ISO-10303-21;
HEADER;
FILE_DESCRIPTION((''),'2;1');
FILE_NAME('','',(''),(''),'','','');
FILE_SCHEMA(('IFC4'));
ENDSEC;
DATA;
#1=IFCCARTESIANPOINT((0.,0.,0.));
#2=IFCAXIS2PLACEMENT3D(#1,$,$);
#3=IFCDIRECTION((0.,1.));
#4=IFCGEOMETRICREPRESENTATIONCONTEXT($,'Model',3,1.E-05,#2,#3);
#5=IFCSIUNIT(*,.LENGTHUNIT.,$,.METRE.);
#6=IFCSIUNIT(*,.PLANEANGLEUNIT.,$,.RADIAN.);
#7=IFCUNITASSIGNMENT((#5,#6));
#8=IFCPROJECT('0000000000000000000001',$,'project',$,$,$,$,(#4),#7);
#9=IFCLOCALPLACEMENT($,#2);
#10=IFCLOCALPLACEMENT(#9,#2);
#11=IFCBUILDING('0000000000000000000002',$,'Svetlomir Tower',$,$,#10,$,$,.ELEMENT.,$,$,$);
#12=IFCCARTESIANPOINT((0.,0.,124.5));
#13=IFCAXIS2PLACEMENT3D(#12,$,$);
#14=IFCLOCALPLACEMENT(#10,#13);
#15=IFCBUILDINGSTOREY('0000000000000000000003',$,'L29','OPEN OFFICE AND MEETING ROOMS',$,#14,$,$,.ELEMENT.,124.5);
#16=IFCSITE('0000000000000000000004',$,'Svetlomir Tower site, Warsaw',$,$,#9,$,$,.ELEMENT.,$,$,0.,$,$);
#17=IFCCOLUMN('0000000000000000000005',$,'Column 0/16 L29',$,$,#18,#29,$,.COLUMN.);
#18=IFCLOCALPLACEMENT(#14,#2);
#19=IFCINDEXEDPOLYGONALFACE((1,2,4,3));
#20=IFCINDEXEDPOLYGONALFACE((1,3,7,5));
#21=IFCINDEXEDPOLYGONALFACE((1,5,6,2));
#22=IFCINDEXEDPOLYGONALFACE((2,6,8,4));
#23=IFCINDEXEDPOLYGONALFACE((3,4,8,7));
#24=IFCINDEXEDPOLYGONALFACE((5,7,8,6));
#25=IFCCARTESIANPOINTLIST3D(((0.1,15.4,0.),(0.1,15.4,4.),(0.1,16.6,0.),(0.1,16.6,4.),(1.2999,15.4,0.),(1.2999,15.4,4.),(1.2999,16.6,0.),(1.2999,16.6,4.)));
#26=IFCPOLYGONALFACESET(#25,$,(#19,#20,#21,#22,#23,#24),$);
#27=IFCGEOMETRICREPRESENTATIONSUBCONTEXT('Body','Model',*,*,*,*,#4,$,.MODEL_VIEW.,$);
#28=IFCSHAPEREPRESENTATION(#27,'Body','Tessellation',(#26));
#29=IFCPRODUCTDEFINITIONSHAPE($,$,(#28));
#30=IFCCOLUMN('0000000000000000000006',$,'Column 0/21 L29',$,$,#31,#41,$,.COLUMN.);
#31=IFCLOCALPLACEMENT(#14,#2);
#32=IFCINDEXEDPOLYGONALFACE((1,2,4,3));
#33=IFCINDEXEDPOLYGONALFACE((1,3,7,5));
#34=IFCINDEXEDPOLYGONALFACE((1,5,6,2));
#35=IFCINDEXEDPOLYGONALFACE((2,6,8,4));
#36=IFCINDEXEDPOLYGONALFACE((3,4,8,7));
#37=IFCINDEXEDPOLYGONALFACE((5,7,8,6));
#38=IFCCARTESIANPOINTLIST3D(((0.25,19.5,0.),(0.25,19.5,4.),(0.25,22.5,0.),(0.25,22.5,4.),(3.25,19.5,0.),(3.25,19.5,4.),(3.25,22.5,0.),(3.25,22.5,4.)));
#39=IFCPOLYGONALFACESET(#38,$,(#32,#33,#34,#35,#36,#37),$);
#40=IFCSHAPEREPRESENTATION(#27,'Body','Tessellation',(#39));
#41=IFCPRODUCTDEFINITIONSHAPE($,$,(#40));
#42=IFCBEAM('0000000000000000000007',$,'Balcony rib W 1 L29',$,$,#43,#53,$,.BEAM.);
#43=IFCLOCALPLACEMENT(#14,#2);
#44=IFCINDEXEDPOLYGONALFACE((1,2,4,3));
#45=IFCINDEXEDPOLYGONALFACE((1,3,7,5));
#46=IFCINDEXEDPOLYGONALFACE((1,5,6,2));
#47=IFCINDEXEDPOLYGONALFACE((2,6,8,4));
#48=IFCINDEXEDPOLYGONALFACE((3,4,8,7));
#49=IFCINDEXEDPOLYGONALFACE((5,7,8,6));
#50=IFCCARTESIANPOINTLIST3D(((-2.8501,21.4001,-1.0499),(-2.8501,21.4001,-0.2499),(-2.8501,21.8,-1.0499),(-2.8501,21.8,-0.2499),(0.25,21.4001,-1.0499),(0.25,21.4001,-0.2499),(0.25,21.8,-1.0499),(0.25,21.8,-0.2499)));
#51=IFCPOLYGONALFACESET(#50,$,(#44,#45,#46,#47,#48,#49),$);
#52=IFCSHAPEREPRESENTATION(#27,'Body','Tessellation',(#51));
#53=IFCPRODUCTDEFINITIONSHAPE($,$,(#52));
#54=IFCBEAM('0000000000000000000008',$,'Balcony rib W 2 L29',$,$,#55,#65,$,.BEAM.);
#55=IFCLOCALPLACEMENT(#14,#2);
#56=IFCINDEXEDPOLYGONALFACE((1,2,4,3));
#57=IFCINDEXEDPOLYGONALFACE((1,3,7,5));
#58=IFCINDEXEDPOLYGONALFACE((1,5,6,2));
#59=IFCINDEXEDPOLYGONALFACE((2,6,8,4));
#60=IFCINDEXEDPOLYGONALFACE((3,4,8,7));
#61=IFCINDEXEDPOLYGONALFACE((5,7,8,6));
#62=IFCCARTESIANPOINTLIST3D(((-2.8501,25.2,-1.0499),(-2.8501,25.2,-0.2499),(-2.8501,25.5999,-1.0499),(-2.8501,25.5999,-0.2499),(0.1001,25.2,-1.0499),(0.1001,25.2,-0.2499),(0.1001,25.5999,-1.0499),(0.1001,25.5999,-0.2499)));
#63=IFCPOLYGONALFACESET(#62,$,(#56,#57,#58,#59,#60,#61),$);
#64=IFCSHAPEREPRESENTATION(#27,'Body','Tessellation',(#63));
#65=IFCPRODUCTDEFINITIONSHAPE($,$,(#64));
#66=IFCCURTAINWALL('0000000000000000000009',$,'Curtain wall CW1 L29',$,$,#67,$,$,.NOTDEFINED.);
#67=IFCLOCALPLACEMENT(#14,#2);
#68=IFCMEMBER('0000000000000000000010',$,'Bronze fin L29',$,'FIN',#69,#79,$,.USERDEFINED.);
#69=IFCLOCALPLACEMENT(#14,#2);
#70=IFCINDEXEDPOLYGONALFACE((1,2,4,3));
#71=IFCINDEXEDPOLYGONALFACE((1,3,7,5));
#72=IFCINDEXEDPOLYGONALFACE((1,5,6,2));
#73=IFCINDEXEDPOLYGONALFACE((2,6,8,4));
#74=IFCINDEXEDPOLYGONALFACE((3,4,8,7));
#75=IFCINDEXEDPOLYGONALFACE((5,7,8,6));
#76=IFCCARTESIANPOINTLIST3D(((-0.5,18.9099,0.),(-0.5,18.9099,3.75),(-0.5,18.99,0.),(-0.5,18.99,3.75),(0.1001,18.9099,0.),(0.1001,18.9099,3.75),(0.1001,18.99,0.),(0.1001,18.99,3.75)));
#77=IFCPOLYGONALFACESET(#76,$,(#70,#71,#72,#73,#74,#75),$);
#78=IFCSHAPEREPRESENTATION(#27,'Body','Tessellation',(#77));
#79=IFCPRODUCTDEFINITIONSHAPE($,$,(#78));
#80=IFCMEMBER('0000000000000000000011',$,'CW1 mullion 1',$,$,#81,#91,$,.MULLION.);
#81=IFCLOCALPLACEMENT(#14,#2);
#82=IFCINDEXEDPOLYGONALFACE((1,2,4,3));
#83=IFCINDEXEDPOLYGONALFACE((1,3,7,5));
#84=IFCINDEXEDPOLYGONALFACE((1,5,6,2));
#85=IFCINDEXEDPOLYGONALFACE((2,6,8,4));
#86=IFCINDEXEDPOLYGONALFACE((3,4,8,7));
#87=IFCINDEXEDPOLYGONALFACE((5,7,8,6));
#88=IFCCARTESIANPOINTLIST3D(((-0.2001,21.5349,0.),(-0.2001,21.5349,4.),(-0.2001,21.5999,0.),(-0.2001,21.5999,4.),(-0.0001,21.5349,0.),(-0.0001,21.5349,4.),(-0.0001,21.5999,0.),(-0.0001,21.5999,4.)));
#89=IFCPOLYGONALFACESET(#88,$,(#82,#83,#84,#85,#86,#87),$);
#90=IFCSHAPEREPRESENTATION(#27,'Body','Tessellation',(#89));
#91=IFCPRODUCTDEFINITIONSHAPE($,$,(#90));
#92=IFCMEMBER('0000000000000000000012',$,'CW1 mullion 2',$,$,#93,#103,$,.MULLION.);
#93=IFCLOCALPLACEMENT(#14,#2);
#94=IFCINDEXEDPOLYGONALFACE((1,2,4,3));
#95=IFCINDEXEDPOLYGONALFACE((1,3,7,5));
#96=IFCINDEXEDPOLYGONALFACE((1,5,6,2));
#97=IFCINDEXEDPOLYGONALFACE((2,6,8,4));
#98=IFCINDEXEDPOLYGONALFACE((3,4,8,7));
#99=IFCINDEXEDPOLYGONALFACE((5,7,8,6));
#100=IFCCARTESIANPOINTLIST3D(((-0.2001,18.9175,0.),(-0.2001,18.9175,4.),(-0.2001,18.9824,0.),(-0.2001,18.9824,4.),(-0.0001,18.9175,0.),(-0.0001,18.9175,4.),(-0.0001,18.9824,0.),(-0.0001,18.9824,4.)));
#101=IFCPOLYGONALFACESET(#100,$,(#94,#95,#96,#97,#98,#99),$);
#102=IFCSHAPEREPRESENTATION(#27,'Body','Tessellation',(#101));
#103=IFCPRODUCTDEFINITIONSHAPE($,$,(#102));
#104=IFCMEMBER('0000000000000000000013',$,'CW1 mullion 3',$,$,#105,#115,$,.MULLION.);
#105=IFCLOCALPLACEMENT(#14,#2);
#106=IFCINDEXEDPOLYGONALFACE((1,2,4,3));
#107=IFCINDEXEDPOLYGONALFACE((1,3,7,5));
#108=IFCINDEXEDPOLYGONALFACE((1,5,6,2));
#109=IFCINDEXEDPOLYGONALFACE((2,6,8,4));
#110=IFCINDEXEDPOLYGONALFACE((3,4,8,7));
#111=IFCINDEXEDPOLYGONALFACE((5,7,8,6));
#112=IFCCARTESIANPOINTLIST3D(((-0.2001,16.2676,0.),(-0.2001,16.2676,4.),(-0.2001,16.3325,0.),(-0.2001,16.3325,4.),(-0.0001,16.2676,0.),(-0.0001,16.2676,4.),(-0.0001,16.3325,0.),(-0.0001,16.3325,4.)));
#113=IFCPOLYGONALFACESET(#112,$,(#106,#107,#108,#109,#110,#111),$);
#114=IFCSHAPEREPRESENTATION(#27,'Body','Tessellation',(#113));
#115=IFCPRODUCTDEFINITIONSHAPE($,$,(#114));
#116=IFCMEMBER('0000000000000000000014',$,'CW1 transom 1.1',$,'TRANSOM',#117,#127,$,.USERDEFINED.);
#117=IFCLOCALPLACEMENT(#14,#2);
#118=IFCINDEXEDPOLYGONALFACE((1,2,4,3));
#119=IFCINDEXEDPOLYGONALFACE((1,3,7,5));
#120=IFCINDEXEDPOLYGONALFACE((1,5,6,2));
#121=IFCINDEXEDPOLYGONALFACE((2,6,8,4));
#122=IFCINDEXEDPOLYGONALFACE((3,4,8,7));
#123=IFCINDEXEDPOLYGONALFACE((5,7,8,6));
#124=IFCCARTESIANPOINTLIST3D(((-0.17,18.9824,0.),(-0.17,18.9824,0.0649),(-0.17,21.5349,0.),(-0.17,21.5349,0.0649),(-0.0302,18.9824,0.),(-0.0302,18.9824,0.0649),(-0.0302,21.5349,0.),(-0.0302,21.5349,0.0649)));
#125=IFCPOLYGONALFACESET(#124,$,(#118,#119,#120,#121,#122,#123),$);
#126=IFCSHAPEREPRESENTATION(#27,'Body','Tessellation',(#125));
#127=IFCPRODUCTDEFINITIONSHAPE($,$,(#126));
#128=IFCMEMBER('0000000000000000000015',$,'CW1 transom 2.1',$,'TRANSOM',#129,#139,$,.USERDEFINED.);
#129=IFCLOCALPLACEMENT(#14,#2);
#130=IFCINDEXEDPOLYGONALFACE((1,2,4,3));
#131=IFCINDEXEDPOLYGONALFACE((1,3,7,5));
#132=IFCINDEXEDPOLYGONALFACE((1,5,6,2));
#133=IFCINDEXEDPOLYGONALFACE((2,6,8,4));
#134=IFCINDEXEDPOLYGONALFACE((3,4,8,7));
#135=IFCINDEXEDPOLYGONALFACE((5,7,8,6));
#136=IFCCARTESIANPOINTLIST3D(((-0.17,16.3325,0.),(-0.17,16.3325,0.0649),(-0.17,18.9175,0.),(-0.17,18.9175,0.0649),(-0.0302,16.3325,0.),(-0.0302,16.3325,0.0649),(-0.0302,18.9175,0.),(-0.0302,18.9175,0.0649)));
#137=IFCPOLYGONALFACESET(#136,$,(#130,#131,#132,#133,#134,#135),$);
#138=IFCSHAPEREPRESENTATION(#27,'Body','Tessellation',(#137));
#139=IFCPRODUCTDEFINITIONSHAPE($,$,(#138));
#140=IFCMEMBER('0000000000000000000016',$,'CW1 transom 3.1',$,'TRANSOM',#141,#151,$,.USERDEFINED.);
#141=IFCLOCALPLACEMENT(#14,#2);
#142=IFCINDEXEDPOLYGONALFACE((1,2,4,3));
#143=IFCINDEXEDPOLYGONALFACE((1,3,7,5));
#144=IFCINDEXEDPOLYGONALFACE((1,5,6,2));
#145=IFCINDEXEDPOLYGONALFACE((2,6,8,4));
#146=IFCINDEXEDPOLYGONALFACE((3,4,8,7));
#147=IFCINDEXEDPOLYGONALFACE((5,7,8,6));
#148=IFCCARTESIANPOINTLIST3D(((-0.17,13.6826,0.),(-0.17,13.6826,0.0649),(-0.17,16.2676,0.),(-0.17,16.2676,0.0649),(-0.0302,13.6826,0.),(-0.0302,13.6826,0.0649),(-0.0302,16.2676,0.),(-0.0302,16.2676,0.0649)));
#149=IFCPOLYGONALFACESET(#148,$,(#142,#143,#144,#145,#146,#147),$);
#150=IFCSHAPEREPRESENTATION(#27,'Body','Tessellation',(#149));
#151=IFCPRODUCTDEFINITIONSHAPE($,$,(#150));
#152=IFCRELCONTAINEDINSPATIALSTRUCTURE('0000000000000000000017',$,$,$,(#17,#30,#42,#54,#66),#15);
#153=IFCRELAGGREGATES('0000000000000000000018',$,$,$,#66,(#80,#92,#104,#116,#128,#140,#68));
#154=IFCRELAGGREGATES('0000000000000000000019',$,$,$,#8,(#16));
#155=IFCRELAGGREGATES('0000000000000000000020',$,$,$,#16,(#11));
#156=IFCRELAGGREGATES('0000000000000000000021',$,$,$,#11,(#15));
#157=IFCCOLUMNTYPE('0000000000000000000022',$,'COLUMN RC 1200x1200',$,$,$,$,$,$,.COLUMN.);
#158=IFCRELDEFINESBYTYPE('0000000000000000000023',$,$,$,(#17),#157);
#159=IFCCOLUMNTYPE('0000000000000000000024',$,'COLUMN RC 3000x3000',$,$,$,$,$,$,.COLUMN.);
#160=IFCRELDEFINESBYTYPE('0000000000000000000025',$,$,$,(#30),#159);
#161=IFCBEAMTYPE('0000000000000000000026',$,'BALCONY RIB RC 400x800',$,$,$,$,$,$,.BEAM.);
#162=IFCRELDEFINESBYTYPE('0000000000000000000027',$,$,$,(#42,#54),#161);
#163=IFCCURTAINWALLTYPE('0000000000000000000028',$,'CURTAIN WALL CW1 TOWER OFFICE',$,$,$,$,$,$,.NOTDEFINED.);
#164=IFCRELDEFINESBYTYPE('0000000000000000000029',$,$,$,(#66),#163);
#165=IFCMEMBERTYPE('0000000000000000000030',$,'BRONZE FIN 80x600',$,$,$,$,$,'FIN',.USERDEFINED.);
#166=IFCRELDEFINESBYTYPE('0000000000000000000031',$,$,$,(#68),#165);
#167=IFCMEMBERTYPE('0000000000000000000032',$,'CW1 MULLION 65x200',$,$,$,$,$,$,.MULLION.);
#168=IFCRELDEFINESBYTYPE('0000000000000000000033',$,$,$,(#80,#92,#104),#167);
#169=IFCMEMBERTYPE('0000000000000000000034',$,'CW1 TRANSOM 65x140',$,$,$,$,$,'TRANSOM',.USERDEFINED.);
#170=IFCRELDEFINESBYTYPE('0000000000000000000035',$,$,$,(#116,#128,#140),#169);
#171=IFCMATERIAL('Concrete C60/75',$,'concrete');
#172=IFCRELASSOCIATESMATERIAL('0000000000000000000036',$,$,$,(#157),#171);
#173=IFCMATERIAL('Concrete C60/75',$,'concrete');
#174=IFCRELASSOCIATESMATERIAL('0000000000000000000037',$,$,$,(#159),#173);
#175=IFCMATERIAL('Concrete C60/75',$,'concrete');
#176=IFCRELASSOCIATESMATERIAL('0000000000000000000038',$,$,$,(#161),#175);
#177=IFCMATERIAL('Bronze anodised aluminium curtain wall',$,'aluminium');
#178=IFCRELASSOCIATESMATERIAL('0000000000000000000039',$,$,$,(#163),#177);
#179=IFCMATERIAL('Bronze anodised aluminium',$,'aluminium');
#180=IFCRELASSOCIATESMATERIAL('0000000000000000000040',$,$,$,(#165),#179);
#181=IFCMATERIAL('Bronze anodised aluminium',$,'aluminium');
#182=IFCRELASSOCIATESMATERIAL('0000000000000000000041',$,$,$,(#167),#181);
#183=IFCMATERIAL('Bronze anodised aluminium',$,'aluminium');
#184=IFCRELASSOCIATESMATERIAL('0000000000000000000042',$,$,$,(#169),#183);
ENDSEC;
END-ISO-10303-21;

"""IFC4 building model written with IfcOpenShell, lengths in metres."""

from ifc_helpers import new_model, si_unit, direction, frame, origin, origin_2d, place, context, subcontext, project, spatial, rectangle, extrude, material, material_profile, profile_set, type_object, element, aggregate, save


model = new_model("IFC4")

# Units and contexts
model_context = context("Model", 3, precision=1e-05, world=origin(), true_north=direction((0.0, 1.0)))
body_context = subcontext(model_context, "Body", "Model", "MODEL_VIEW")
ifc_project = project(units=[si_unit("LENGTHUNIT", "METRE"), si_unit("PLANEANGLEUNIT", "RADIAN")], contexts=[model_context])

# Site, building, storey
site_placement = place(None, origin())
site = spatial("IfcSite", under=ifc_project, at=site_placement, Name="Svetlomir Tower site, Warsaw", CompositionType="ELEMENT", RefElevation=0.0)
building_placement = place(site_placement, origin())
building = spatial("IfcBuilding", under=site, at=building_placement, Name="Svetlomir Tower", CompositionType="ELEMENT")
storey_placement = place(building_placement, frame((0.0, 0.0, 124.5)))
storey = spatial("IfcBuildingStorey", under=building, at=storey_placement, Name="L29", Description="OPEN OFFICE AND MEETING ROOMS", CompositionType="ELEMENT", Elevation=124.5)

# Columns
ifc_material_1 = material(Name="Concrete C60/75", Category="concrete")
ifc_material_profile_1 = material_profile(ifc_material_1, rectangle(XDim=1.2, YDim=1.2, at=origin_2d()), Name="RC 1200x1200")
ifc_profile_set_1 = profile_set([ifc_material_profile_1], Name="Concrete C60/75")
column_type_1 = type_object("IfcColumnType", Name="COLUMN RC 1200x1200", PredefinedType="COLUMN", material=ifc_profile_set_1)
column_1_placement = place(storey_placement, frame((0.7, 16.0, 0.0), z_axis=(0.0, 0.0, 1.0), x_axis=(1.0, 0.0, 0.0)))
element("IfcColumn", 1, at=column_1_placement, inside=storey, type_object=column_type_1, Name="Column 0/16 L29", PredefinedType="COLUMN", context=body_context, shape_type="SweptSolid", body=[
    extrude(rectangle(XDim=1.2, YDim=1.2, at=origin_2d()), origin(), (0.0, 0.0, 1.0), 4.0),
])
ifc_material_2 = material(Name="Concrete C60/75", Category="concrete")
ifc_material_profile_2 = material_profile(ifc_material_2, rectangle(XDim=3.0, YDim=3.0, at=origin_2d()), Name="RC 3000x3000")
ifc_profile_set_2 = profile_set([ifc_material_profile_2], Name="Concrete C60/75")
column_type_2 = type_object("IfcColumnType", Name="COLUMN RC 3000x3000", PredefinedType="COLUMN", material=ifc_profile_set_2)
column_2_placement = place(storey_placement, frame((1.75, 21.0, 0.0), z_axis=(0.0, 0.0, 1.0), x_axis=(1.0, 0.0, 0.0)))
element("IfcColumn", 2, at=column_2_placement, inside=storey, type_object=column_type_2, Name="Column 0/21 L29", PredefinedType="COLUMN", context=body_context, shape_type="SweptSolid", body=[
    extrude(rectangle(XDim=3.0, YDim=3.0, at=origin_2d()), origin(), (0.0, 0.0, 1.0), 4.0),
])

# Beams
ifc_material_3 = material(Name="Concrete C60/75", Category="concrete")
ifc_material_profile_3 = material_profile(ifc_material_3, rectangle(XDim=0.3999, YDim=0.8, at=origin_2d()), Name="RC 400x800")
ifc_profile_set_3 = profile_set([ifc_material_profile_3], Name="Concrete C60/75")
beam_type_1 = type_object("IfcBeamType", Name="BALCONY RIB RC 400x800", PredefinedType="BEAM", material=ifc_profile_set_3)
beam_1_placement = place(storey_placement, frame((0.25, 21.6001, -0.6499), z_axis=(-1.0, 0.0, 0.0), x_axis=(0.0, -1.0, 0.0)))
element("IfcBeam", 3, at=beam_1_placement, inside=storey, type_object=beam_type_1, Name="Balcony rib W 1 L29", PredefinedType="BEAM", context=body_context, shape_type="SweptSolid", body=[
    extrude(rectangle(XDim=0.3999, YDim=0.8, at=origin_2d()), origin(), (0.0, 0.0, 1.0), 3.1001),
])
beam_2_placement = place(storey_placement, frame((0.1001, 25.3999, -0.6499), z_axis=(-1.0, 0.0, 0.0), x_axis=(0.0, -1.0, 0.0)))
element("IfcBeam", 4, at=beam_2_placement, inside=storey, type_object=beam_type_1, Name="Balcony rib W 2 L29", PredefinedType="BEAM", context=body_context, shape_type="SweptSolid", body=[
    extrude(rectangle(XDim=0.3999, YDim=0.8, at=origin_2d()), origin(), (0.0, 0.0, 1.0), 2.9502),
])

# Curtain wall, members
ifc_material_4 = material(Name="Bronze anodised aluminium curtain wall", Category="aluminium")
curtain_wall_type = type_object("IfcCurtainWallType", Name="CURTAIN WALL CW1 TOWER OFFICE", PredefinedType="NOTDEFINED", material=ifc_material_4)
curtain_wall_placement = place(storey_placement, origin())
curtain_wall = element("IfcCurtainWall", 5, at=curtain_wall_placement, inside=storey, type_object=curtain_wall_type, Name="Curtain wall CW1 L29", PredefinedType="NOTDEFINED")
ifc_material_5 = material(Name="Bronze anodised aluminium", Category="aluminium")
ifc_material_profile_4 = material_profile(ifc_material_5, rectangle(XDim=0.0801, YDim=0.6001, at=origin_2d()), Name="FIN 80x600")
ifc_profile_set_4 = profile_set([ifc_material_profile_4], Name="Bronze anodised aluminium 6063-T6")
member_type_1 = type_object("IfcMemberType", Name="BRONZE FIN 80x600", ElementType="FIN", PredefinedType="USERDEFINED", material=ifc_profile_set_4)
member_1_placement = place(storey_placement, frame((-0.2, 18.95, 0.0), z_axis=(0.0, 0.0, 1.0), x_axis=(0.0, 1.0, 0.0)))
member_1 = element("IfcMember", 6, at=member_1_placement, type_object=member_type_1, Name="Bronze fin L29", ObjectType="FIN", PredefinedType="USERDEFINED", context=body_context, shape_type="SweptSolid", body=[
    extrude(rectangle(XDim=0.0801, YDim=0.6001, at=origin_2d()), origin(), (0.0, 0.0, 1.0), 3.75),
])
ifc_material_6 = material(Name="Bronze anodised aluminium", Category="aluminium")
ifc_material_profile_5 = material_profile(ifc_material_6, rectangle(XDim=0.0649, YDim=0.2, at=origin_2d()), Name="AL 65x200")
ifc_profile_set_5 = profile_set([ifc_material_profile_5], Name="Bronze anodised aluminium 6063-T6")
member_type_2 = type_object("IfcMemberType", Name="CW1 MULLION 65x200", PredefinedType="MULLION", material=ifc_profile_set_5)
member_2_placement = place(storey_placement, frame((-0.1001, 21.5674, 0.0), z_axis=(0.0, 0.0, 1.0), x_axis=(0.0, -1.0, 0.0)))
member_2 = element("IfcMember", 7, at=member_2_placement, type_object=member_type_2, Name="CW1 mullion 1", PredefinedType="MULLION", context=body_context, shape_type="SweptSolid", body=[
    extrude(rectangle(XDim=0.0649, YDim=0.2, at=origin_2d()), origin(), (0.0, 0.0, 1.0), 4.0),
])
member_3_placement = place(storey_placement, frame((-0.1001, 18.95, 0.0), z_axis=(0.0, 0.0, 1.0), x_axis=(0.0, -1.0, 0.0)))
member_3 = element("IfcMember", 8, at=member_3_placement, type_object=member_type_2, Name="CW1 mullion 2", PredefinedType="MULLION", context=body_context, shape_type="SweptSolid", body=[
    extrude(rectangle(XDim=0.0649, YDim=0.2, at=origin_2d()), origin(), (0.0, 0.0, 1.0), 4.0),
])
member_4_placement = place(storey_placement, frame((-0.1001, 16.3, 0.0), z_axis=(0.0, 0.0, 1.0), x_axis=(0.0, -1.0, 0.0)))
member_4 = element("IfcMember", 9, at=member_4_placement, type_object=member_type_2, Name="CW1 mullion 3", PredefinedType="MULLION", context=body_context, shape_type="SweptSolid", body=[
    extrude(rectangle(XDim=0.0649, YDim=0.2, at=origin_2d()), origin(), (0.0, 0.0, 1.0), 4.0),
])
ifc_material_7 = material(Name="Bronze anodised aluminium", Category="aluminium")
ifc_material_profile_6 = material_profile(ifc_material_7, rectangle(XDim=0.1399, YDim=0.0649, at=origin_2d()), Name="AL 140x65")
ifc_profile_set_6 = profile_set([ifc_material_profile_6], Name="Bronze anodised aluminium 6063-T6")
member_type_3 = type_object("IfcMemberType", Name="CW1 TRANSOM 65x140", ElementType="TRANSOM", PredefinedType="USERDEFINED", material=ifc_profile_set_6)
member_5_placement = place(storey_placement, frame((-0.1001, 21.5349, 0.0325), z_axis=(0.0, -1.0, 0.0), x_axis=(1.0, 0.0, 0.0)))
member_5 = element("IfcMember", 10, at=member_5_placement, type_object=member_type_3, Name="CW1 transom 1.1", ObjectType="TRANSOM", PredefinedType="USERDEFINED", context=body_context, shape_type="SweptSolid", body=[
    extrude(rectangle(XDim=0.1399, YDim=0.0649, at=origin_2d()), origin(), (0.0, 0.0, 1.0), 2.5525),
])
member_6_placement = place(storey_placement, frame((-0.1001, 18.9175, 0.0325), z_axis=(0.0, -1.0, 0.0), x_axis=(1.0, 0.0, 0.0)))
member_6 = element("IfcMember", 11, at=member_6_placement, type_object=member_type_3, Name="CW1 transom 2.1", ObjectType="TRANSOM", PredefinedType="USERDEFINED", context=body_context, shape_type="SweptSolid", body=[
    extrude(rectangle(XDim=0.1399, YDim=0.0649, at=origin_2d()), origin(), (0.0, 0.0, 1.0), 2.585),
])
member_7_placement = place(storey_placement, frame((-0.1001, 16.2676, 0.0325), z_axis=(0.0, -1.0, 0.0), x_axis=(1.0, 0.0, 0.0)))
member_7 = element("IfcMember", 12, at=member_7_placement, type_object=member_type_3, Name="CW1 transom 3.1", ObjectType="TRANSOM", PredefinedType="USERDEFINED", context=body_context, shape_type="SweptSolid", body=[
    extrude(rectangle(XDim=0.1399, YDim=0.0649, at=origin_2d()), origin(), (0.0, 0.0, 1.0), 2.585),
])

aggregate(curtain_wall, [member_2, member_3, member_4, member_5, member_6, member_7, member_1])

save(model, "model.ifc")
